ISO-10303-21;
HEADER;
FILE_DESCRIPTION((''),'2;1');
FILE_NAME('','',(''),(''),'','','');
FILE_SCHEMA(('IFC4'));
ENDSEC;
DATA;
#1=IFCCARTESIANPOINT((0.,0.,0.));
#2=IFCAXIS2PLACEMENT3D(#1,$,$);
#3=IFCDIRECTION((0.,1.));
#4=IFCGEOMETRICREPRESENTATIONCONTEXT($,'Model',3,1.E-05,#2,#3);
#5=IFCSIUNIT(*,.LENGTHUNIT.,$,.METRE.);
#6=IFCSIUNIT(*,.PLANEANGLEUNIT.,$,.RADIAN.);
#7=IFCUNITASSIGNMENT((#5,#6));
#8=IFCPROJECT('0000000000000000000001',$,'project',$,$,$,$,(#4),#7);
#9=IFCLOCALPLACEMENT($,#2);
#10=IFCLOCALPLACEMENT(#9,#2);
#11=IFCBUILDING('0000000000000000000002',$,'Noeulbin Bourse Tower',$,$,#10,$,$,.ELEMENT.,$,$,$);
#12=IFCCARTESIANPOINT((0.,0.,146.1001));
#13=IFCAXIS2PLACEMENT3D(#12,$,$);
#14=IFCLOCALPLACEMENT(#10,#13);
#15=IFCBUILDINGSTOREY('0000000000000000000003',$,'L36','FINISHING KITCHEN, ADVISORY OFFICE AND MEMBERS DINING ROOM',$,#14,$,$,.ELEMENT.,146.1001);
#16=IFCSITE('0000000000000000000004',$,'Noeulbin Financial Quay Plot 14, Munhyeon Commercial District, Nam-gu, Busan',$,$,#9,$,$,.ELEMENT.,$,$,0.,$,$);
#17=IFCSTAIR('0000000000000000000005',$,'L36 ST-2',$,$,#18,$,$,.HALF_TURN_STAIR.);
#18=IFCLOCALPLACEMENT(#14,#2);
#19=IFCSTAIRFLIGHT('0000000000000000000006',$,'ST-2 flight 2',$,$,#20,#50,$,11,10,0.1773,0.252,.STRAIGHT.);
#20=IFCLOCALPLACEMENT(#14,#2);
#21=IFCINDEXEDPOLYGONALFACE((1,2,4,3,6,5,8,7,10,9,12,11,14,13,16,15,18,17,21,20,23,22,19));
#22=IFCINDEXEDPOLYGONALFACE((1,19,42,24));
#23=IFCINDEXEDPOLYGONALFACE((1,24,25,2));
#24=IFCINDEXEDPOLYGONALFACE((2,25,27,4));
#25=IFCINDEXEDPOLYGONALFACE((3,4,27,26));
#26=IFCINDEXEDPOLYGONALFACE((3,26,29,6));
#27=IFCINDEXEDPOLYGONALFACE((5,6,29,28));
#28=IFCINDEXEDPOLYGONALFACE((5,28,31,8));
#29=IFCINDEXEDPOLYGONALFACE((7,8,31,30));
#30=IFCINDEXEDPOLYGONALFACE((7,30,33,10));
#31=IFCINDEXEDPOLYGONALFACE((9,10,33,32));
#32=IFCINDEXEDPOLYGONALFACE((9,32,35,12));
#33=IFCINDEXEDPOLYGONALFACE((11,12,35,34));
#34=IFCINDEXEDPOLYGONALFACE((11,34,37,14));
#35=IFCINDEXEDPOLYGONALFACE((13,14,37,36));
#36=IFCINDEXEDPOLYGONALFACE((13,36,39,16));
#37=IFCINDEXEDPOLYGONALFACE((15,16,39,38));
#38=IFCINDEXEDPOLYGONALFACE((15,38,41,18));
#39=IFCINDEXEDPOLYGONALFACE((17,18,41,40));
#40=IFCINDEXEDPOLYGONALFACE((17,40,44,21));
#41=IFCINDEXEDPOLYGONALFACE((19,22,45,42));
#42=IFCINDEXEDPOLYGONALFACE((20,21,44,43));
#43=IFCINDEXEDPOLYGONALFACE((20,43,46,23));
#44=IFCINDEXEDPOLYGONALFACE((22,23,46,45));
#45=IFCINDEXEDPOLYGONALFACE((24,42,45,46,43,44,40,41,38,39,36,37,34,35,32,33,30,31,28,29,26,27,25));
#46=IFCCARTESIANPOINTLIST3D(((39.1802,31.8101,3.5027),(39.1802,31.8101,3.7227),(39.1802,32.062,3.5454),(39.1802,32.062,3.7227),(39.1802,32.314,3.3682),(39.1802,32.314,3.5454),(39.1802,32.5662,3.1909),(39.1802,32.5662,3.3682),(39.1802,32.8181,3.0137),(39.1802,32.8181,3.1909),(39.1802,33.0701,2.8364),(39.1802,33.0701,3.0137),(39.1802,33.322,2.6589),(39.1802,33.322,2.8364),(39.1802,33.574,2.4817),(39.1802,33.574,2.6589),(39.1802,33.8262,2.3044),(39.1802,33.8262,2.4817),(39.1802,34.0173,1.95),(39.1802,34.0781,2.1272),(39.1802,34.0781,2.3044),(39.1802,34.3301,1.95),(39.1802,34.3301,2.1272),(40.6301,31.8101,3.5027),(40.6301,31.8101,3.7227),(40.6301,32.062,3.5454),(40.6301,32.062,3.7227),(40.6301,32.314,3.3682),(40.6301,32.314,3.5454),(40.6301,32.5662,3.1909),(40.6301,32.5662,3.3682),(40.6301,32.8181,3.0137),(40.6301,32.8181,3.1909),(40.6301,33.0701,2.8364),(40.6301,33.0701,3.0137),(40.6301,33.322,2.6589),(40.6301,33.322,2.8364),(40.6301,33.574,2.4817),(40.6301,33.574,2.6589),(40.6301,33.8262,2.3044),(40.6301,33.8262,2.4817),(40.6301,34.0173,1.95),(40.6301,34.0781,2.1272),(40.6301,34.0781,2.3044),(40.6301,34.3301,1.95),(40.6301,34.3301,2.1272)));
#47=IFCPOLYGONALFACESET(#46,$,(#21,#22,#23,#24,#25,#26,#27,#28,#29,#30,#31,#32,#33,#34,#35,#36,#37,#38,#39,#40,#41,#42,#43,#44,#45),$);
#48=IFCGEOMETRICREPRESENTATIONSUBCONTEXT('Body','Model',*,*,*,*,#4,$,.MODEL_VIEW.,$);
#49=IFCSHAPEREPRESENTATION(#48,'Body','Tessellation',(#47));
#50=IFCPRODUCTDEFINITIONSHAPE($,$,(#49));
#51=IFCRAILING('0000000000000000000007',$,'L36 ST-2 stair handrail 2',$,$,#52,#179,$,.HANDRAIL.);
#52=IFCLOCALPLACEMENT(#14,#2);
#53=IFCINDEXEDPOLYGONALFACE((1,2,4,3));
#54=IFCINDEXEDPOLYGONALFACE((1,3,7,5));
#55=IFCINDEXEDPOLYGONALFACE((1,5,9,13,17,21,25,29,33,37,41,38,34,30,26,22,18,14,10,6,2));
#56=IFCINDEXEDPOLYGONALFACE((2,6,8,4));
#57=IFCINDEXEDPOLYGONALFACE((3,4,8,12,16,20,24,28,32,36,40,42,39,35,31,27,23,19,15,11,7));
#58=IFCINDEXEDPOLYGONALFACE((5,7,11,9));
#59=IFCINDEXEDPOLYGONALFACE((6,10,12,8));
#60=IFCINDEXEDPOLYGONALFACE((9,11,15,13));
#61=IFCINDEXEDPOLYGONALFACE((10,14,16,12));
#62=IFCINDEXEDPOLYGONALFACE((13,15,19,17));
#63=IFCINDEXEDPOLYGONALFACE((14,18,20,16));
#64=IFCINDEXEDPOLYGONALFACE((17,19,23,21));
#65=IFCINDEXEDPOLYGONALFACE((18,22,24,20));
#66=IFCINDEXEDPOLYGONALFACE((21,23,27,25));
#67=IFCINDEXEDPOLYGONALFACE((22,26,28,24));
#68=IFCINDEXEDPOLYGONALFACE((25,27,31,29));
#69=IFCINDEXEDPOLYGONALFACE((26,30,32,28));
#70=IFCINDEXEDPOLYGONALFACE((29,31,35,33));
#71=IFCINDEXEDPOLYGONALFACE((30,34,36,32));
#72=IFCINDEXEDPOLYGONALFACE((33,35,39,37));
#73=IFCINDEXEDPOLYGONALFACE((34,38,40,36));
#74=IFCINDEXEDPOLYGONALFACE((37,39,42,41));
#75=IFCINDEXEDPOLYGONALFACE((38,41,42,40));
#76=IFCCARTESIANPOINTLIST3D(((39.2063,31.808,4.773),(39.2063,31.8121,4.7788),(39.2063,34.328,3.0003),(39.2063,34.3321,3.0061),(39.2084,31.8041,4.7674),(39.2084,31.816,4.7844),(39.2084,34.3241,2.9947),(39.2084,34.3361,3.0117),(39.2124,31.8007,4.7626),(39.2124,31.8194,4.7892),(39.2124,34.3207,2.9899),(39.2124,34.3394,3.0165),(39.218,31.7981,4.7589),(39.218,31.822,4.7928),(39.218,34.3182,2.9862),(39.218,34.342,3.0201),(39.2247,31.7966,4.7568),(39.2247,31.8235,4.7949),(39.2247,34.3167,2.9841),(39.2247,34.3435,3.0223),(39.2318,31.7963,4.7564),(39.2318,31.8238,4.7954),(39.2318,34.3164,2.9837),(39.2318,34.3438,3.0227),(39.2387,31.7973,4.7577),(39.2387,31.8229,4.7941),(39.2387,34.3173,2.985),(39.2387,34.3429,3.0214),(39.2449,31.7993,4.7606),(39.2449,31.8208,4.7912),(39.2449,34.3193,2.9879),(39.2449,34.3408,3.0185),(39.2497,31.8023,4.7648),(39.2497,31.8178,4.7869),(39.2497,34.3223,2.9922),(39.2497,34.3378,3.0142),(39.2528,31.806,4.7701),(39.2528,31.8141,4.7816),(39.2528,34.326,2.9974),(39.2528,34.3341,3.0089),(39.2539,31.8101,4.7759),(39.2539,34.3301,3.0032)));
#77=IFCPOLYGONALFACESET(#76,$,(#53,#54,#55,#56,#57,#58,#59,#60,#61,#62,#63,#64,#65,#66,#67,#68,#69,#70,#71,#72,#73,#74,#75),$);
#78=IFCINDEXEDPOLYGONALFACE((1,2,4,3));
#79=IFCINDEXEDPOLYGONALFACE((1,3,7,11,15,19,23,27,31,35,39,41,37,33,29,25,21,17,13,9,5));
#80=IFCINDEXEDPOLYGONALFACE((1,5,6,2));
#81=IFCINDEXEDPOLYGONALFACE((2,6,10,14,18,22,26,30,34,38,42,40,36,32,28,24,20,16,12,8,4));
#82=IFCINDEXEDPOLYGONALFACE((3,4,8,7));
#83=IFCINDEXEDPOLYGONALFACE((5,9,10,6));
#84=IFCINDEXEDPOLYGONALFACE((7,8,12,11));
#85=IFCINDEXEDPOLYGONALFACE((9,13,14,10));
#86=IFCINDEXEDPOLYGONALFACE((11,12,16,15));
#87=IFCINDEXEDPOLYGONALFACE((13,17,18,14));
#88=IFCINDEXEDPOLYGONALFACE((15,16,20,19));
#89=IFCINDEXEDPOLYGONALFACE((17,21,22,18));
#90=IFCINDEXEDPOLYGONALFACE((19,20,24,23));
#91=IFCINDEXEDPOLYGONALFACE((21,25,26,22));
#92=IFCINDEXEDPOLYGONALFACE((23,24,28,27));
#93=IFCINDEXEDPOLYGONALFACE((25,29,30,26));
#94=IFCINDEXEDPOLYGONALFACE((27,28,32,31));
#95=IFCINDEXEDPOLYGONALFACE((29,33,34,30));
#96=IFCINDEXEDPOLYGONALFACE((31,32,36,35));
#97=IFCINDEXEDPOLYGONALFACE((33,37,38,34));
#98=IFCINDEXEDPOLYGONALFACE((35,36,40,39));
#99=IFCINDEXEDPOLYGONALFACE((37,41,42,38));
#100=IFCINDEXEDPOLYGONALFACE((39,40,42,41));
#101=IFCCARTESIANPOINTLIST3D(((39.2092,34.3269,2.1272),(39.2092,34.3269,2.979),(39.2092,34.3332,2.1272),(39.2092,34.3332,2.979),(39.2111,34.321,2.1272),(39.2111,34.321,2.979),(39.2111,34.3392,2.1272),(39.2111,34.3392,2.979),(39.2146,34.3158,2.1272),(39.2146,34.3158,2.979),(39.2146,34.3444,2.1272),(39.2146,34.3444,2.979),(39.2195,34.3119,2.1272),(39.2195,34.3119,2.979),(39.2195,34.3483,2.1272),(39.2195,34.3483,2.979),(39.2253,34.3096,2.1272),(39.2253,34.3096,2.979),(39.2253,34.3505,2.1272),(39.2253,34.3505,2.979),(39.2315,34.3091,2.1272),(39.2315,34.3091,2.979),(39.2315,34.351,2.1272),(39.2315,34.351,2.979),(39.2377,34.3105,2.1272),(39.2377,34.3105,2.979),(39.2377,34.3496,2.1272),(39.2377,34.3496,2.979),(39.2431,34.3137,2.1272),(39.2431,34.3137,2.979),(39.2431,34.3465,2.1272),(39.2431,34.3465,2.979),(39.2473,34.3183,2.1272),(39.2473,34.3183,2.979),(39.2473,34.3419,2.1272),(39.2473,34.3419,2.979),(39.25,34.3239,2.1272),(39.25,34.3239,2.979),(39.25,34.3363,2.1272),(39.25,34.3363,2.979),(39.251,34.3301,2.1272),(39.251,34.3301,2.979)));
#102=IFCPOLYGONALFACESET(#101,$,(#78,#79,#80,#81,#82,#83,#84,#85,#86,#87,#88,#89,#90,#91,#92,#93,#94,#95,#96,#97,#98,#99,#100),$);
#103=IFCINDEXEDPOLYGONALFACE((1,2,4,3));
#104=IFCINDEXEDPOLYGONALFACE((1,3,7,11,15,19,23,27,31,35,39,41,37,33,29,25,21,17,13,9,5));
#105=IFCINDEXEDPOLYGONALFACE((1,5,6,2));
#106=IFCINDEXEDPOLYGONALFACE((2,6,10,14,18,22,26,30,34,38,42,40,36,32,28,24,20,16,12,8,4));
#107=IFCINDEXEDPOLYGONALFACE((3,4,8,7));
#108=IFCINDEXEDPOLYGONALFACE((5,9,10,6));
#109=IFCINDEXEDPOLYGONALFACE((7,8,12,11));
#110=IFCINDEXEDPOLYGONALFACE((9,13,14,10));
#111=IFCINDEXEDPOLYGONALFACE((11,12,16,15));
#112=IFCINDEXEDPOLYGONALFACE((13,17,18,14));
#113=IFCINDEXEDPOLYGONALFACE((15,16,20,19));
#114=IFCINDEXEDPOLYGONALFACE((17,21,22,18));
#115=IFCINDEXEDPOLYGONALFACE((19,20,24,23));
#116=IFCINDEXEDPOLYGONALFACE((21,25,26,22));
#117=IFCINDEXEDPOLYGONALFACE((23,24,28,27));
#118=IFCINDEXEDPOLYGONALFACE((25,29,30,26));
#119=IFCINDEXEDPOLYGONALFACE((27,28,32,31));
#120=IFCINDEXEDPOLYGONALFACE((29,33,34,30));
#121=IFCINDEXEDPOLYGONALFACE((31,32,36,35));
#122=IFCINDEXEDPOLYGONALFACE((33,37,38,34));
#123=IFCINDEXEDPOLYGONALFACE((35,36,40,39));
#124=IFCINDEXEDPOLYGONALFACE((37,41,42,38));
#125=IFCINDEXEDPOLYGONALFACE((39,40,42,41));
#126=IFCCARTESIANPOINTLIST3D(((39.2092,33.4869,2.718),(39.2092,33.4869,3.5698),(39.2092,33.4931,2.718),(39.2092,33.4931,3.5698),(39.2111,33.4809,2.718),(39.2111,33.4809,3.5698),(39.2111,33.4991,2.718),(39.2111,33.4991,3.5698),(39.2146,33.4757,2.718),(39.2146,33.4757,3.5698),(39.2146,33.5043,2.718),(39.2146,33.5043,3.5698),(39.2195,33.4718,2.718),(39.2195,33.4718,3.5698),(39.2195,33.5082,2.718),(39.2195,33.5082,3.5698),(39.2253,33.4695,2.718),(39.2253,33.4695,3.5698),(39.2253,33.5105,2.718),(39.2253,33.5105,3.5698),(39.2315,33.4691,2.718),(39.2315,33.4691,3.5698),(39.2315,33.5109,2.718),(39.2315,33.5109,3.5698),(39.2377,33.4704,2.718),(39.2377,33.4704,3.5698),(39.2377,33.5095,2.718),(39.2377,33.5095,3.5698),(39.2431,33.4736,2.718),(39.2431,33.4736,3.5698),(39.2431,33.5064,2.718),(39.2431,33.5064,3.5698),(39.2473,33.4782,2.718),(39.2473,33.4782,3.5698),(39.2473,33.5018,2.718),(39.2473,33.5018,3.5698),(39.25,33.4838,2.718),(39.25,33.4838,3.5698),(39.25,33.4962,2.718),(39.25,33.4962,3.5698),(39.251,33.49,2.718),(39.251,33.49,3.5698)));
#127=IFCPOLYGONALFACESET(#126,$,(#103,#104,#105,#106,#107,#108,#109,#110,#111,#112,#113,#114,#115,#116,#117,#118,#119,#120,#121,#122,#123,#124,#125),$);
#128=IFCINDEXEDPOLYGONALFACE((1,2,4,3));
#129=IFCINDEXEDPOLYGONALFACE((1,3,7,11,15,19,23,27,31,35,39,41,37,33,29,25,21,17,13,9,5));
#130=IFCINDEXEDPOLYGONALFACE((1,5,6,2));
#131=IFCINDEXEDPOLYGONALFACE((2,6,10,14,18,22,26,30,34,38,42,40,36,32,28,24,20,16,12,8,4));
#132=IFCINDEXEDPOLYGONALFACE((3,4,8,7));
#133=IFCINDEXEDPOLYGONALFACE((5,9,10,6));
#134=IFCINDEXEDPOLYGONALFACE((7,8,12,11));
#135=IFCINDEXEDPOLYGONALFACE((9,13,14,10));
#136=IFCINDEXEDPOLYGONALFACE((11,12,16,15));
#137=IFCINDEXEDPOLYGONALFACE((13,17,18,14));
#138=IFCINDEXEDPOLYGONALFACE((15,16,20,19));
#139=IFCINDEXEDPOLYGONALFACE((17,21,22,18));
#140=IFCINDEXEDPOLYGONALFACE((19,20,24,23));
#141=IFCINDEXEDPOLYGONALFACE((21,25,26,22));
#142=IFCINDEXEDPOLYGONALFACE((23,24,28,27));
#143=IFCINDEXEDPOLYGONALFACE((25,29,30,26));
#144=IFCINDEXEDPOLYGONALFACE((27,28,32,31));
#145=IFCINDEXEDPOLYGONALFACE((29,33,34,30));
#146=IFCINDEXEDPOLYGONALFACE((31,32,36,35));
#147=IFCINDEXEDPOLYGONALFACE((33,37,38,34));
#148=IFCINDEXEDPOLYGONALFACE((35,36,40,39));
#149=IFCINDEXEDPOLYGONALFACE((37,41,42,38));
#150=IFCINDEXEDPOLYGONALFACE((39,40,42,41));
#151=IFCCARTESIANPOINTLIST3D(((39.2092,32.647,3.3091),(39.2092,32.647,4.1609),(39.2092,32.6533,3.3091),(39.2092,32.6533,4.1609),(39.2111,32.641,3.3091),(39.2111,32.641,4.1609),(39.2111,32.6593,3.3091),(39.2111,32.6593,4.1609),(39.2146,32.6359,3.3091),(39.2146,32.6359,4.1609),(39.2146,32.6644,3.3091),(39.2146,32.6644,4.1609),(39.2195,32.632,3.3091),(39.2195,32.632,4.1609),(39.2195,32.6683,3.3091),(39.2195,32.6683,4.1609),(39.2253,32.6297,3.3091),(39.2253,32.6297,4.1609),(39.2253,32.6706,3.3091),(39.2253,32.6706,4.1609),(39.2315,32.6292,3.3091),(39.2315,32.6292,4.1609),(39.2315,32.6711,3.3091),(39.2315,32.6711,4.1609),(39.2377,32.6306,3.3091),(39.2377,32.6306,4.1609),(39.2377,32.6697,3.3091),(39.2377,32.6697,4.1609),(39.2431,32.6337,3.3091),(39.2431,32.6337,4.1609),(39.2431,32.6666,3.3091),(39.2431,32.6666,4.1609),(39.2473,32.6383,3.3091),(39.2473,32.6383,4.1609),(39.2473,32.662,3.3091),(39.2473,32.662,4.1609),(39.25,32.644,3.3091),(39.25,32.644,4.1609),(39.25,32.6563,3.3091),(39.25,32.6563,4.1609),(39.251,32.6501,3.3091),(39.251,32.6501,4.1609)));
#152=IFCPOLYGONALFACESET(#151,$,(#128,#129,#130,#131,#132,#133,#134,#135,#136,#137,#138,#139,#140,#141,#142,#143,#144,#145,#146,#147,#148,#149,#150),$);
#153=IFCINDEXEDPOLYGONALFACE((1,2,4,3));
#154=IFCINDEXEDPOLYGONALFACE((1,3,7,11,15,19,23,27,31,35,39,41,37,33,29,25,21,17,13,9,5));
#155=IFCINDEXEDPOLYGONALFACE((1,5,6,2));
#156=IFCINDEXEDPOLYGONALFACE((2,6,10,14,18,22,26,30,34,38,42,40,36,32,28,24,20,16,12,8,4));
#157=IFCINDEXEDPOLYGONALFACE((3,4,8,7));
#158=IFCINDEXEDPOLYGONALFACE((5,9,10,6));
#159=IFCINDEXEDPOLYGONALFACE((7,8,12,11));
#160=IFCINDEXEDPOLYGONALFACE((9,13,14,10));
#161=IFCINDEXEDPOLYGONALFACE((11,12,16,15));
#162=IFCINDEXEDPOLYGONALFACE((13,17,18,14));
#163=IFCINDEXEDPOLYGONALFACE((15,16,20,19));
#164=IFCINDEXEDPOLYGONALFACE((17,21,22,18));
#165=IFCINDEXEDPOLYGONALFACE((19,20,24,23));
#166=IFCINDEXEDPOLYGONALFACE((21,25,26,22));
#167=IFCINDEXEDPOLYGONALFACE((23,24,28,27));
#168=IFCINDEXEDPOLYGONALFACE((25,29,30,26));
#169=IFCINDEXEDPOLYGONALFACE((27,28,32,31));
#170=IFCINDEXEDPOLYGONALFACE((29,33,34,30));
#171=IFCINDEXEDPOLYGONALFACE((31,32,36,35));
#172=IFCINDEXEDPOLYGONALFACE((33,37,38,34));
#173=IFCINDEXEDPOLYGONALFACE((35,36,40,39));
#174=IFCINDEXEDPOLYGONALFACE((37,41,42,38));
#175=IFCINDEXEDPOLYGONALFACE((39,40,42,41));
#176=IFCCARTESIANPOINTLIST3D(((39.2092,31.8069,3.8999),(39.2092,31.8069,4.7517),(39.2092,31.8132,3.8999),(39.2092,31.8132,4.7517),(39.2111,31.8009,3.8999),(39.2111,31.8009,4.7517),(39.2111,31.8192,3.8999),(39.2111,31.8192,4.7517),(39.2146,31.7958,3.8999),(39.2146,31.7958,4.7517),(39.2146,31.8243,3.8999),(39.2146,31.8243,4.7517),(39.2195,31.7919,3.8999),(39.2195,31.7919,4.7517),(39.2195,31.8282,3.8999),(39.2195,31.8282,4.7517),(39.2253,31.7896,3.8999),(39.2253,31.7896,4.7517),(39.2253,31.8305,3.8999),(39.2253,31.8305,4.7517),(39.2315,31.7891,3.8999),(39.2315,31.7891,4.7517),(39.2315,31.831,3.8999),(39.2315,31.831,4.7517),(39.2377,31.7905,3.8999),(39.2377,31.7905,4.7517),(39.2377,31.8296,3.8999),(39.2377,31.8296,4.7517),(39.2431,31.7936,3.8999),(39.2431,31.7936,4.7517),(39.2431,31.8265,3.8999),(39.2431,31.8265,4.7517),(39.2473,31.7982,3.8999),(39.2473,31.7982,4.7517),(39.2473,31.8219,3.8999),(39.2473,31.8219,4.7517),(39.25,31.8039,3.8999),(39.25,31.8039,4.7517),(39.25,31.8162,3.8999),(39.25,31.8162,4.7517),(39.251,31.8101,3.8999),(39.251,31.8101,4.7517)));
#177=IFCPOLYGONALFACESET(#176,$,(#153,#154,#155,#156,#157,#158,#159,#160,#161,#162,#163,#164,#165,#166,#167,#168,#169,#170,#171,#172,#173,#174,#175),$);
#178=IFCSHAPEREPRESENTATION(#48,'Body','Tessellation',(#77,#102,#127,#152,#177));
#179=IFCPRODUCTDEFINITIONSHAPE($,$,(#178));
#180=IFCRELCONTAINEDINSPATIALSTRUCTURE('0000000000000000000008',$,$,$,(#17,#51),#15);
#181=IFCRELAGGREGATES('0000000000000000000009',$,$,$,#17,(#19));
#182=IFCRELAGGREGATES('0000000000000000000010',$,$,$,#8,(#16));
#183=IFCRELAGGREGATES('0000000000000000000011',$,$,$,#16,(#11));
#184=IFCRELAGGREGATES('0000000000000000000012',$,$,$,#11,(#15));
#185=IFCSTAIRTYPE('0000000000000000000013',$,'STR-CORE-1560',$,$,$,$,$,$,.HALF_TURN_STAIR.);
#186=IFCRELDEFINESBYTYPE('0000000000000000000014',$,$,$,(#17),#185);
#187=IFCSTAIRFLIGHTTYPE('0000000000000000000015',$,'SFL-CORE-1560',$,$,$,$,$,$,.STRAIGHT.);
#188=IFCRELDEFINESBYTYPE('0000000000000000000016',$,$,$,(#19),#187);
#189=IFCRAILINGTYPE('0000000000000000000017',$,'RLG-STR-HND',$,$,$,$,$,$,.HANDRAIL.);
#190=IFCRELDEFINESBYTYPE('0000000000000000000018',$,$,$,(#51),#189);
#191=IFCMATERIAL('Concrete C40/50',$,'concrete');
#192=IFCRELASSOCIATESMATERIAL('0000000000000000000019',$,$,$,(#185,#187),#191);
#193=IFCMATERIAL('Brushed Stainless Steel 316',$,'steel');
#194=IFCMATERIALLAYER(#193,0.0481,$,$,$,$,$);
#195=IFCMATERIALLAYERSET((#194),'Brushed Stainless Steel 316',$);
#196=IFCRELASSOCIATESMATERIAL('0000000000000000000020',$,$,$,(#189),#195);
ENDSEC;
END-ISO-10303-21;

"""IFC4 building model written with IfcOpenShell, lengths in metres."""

from ifc_helpers import new_model, si_unit, direction, frame, origin, origin_2d, place, context, subcontext, project, spatial, polyline, circle, outline, extrude, material, layer, layer_set, type_object, element, aggregate, save


model = new_model("IFC4")

# Units and contexts
model_context = context("Model", 3, precision=1e-05, world=origin(), true_north=direction((0.0, 1.0)))
body_context = subcontext(model_context, "Body", "Model", "MODEL_VIEW")
ifc_project = project(units=[si_unit("LENGTHUNIT", "METRE"), si_unit("PLANEANGLEUNIT", "RADIAN")], contexts=[model_context])

# Site, building, storey
site_placement = place(None, origin())
site = spatial("IfcSite", under=ifc_project, at=site_placement, Name="Noeulbin Financial Quay Plot 14, Munhyeon Commercial District, Nam-gu, Busan", CompositionType="ELEMENT", RefElevation=0.0)
building_placement = place(site_placement, origin())
building = spatial("IfcBuilding", under=site, at=building_placement, Name="Noeulbin Bourse Tower", CompositionType="ELEMENT")
storey_placement = place(building_placement, frame((0.0, 0.0, 146.1001)))
storey = spatial("IfcBuildingStorey", under=building, at=storey_placement, Name="L36", Description="FINISHING KITCHEN, ADVISORY OFFICE AND MEMBERS DINING ROOM", CompositionType="ELEMENT", Elevation=146.1001)

# Shared definitions
ifc_material_1 = material(Name="Concrete C40/50", Category="concrete")

# Shared definitions
ifc_material_2 = material(Name="Brushed Stainless Steel 316", Category="steel")

# Stair, stair flight
stair_type = type_object("IfcStairType", Name="STR-CORE-1560", PredefinedType="HALF_TURN_STAIR", material=ifc_material_1)
stair_placement = place(storey_placement, origin())
stair = element("IfcStair", 1, at=stair_placement, inside=storey, type_object=stair_type, Name="L36 ST-2", PredefinedType="HALF_TURN_STAIR")
stair_flight_type = type_object("IfcStairFlightType", Name="SFL-CORE-1560", PredefinedType="STRAIGHT", material=ifc_material_1)
stair_flight_placement = place(storey_placement, frame((39.905, 34.3301, 1.95), z_axis=(0.0, 0.0, 1.0), x_axis=(0.0, -1.0, 0.0)))
stair_flight = element("IfcStairFlight", 2, at=stair_flight_placement, type_object=stair_flight_type, Name="ST-2 flight 2", NumberOfRisers=11, NumberOfTreads=10, PredefinedType="STRAIGHT", RiserHeight=0.1773, TreadLength=0.252, context=body_context, shape_type="SweptSolid", body=[
    extrude(outline(polyline([(0.0, 0.0), (0.0, 0.1772), (0.252, 0.1772), (0.252, 0.3545), (0.5039, 0.3545), (0.5039, 0.5317), (0.7561, 0.5317), (0.7561, 0.709), (1.0081, 0.709), (1.0081, 0.8865), (1.26, 0.8865), (1.26, 1.0637), (1.512, 1.0637), (1.512, 1.241), (1.7639, 1.241), (1.7639, 1.4182), (2.0161, 1.4182), (2.0161, 1.5955), (2.2681, 1.5955), (2.2681, 1.7727), (2.52, 1.7727), (2.52, 1.95), (2.52, 1.5527), (0.3127, 0.0), (0.0, 0.0)])), frame((0.0, 0.7251, 0.0), z_axis=(0.0, -1.0, 0.0), x_axis=(1.0, 0.0, 0.0)), (0.0, 0.0, 1.0), 1.45),
])
aggregate(stair, [stair_flight])

# Railing
ifc_layer_1 = layer(ifc_material_2, 0.0481)
ifc_layer_set_1 = layer_set([ifc_layer_1], Name="Brushed Stainless Steel 316")
railing_type = type_object("IfcRailingType", Name="RLG-STR-HND", PredefinedType="HANDRAIL", material=ifc_layer_set_1)
railing_placement = place(storey_placement, frame((39.23, 34.3301, 2.1272)))
element("IfcRailing", 3, at=railing_placement, inside=storey, type_object=railing_type, Name="L36 ST-2 stair handrail 2", PredefinedType="HANDRAIL", context=body_context, shape_type="SweptSolid", body=[
    extrude(circle(Radius=0.0239, at=origin_2d()), frame((0.0, 0.0, 0.876), z_axis=(0.0, -0.817904, 0.575354), x_axis=(1.0, 0.0, 0.0)), (0.0, 0.0, 1.0), 3.0811),
    extrude(circle(Radius=0.021, at=origin_2d()), origin(), (0.0, 0.0, 1.0), 0.8518),
    extrude(circle(Radius=0.021, at=origin_2d()), frame((0.0, -0.8401, 0.5908)), (0.0, 0.0, 1.0), 0.8518),
    extrude(circle(Radius=0.021, at=origin_2d()), frame((0.0, -1.6799, 1.1819)), (0.0, 0.0, 1.0), 0.8518),
    extrude(circle(Radius=0.021, at=origin_2d()), frame((0.0, -2.52, 1.7727)), (0.0, 0.0, 1.0), 0.8518),
])

save(model, "model.ifc")
